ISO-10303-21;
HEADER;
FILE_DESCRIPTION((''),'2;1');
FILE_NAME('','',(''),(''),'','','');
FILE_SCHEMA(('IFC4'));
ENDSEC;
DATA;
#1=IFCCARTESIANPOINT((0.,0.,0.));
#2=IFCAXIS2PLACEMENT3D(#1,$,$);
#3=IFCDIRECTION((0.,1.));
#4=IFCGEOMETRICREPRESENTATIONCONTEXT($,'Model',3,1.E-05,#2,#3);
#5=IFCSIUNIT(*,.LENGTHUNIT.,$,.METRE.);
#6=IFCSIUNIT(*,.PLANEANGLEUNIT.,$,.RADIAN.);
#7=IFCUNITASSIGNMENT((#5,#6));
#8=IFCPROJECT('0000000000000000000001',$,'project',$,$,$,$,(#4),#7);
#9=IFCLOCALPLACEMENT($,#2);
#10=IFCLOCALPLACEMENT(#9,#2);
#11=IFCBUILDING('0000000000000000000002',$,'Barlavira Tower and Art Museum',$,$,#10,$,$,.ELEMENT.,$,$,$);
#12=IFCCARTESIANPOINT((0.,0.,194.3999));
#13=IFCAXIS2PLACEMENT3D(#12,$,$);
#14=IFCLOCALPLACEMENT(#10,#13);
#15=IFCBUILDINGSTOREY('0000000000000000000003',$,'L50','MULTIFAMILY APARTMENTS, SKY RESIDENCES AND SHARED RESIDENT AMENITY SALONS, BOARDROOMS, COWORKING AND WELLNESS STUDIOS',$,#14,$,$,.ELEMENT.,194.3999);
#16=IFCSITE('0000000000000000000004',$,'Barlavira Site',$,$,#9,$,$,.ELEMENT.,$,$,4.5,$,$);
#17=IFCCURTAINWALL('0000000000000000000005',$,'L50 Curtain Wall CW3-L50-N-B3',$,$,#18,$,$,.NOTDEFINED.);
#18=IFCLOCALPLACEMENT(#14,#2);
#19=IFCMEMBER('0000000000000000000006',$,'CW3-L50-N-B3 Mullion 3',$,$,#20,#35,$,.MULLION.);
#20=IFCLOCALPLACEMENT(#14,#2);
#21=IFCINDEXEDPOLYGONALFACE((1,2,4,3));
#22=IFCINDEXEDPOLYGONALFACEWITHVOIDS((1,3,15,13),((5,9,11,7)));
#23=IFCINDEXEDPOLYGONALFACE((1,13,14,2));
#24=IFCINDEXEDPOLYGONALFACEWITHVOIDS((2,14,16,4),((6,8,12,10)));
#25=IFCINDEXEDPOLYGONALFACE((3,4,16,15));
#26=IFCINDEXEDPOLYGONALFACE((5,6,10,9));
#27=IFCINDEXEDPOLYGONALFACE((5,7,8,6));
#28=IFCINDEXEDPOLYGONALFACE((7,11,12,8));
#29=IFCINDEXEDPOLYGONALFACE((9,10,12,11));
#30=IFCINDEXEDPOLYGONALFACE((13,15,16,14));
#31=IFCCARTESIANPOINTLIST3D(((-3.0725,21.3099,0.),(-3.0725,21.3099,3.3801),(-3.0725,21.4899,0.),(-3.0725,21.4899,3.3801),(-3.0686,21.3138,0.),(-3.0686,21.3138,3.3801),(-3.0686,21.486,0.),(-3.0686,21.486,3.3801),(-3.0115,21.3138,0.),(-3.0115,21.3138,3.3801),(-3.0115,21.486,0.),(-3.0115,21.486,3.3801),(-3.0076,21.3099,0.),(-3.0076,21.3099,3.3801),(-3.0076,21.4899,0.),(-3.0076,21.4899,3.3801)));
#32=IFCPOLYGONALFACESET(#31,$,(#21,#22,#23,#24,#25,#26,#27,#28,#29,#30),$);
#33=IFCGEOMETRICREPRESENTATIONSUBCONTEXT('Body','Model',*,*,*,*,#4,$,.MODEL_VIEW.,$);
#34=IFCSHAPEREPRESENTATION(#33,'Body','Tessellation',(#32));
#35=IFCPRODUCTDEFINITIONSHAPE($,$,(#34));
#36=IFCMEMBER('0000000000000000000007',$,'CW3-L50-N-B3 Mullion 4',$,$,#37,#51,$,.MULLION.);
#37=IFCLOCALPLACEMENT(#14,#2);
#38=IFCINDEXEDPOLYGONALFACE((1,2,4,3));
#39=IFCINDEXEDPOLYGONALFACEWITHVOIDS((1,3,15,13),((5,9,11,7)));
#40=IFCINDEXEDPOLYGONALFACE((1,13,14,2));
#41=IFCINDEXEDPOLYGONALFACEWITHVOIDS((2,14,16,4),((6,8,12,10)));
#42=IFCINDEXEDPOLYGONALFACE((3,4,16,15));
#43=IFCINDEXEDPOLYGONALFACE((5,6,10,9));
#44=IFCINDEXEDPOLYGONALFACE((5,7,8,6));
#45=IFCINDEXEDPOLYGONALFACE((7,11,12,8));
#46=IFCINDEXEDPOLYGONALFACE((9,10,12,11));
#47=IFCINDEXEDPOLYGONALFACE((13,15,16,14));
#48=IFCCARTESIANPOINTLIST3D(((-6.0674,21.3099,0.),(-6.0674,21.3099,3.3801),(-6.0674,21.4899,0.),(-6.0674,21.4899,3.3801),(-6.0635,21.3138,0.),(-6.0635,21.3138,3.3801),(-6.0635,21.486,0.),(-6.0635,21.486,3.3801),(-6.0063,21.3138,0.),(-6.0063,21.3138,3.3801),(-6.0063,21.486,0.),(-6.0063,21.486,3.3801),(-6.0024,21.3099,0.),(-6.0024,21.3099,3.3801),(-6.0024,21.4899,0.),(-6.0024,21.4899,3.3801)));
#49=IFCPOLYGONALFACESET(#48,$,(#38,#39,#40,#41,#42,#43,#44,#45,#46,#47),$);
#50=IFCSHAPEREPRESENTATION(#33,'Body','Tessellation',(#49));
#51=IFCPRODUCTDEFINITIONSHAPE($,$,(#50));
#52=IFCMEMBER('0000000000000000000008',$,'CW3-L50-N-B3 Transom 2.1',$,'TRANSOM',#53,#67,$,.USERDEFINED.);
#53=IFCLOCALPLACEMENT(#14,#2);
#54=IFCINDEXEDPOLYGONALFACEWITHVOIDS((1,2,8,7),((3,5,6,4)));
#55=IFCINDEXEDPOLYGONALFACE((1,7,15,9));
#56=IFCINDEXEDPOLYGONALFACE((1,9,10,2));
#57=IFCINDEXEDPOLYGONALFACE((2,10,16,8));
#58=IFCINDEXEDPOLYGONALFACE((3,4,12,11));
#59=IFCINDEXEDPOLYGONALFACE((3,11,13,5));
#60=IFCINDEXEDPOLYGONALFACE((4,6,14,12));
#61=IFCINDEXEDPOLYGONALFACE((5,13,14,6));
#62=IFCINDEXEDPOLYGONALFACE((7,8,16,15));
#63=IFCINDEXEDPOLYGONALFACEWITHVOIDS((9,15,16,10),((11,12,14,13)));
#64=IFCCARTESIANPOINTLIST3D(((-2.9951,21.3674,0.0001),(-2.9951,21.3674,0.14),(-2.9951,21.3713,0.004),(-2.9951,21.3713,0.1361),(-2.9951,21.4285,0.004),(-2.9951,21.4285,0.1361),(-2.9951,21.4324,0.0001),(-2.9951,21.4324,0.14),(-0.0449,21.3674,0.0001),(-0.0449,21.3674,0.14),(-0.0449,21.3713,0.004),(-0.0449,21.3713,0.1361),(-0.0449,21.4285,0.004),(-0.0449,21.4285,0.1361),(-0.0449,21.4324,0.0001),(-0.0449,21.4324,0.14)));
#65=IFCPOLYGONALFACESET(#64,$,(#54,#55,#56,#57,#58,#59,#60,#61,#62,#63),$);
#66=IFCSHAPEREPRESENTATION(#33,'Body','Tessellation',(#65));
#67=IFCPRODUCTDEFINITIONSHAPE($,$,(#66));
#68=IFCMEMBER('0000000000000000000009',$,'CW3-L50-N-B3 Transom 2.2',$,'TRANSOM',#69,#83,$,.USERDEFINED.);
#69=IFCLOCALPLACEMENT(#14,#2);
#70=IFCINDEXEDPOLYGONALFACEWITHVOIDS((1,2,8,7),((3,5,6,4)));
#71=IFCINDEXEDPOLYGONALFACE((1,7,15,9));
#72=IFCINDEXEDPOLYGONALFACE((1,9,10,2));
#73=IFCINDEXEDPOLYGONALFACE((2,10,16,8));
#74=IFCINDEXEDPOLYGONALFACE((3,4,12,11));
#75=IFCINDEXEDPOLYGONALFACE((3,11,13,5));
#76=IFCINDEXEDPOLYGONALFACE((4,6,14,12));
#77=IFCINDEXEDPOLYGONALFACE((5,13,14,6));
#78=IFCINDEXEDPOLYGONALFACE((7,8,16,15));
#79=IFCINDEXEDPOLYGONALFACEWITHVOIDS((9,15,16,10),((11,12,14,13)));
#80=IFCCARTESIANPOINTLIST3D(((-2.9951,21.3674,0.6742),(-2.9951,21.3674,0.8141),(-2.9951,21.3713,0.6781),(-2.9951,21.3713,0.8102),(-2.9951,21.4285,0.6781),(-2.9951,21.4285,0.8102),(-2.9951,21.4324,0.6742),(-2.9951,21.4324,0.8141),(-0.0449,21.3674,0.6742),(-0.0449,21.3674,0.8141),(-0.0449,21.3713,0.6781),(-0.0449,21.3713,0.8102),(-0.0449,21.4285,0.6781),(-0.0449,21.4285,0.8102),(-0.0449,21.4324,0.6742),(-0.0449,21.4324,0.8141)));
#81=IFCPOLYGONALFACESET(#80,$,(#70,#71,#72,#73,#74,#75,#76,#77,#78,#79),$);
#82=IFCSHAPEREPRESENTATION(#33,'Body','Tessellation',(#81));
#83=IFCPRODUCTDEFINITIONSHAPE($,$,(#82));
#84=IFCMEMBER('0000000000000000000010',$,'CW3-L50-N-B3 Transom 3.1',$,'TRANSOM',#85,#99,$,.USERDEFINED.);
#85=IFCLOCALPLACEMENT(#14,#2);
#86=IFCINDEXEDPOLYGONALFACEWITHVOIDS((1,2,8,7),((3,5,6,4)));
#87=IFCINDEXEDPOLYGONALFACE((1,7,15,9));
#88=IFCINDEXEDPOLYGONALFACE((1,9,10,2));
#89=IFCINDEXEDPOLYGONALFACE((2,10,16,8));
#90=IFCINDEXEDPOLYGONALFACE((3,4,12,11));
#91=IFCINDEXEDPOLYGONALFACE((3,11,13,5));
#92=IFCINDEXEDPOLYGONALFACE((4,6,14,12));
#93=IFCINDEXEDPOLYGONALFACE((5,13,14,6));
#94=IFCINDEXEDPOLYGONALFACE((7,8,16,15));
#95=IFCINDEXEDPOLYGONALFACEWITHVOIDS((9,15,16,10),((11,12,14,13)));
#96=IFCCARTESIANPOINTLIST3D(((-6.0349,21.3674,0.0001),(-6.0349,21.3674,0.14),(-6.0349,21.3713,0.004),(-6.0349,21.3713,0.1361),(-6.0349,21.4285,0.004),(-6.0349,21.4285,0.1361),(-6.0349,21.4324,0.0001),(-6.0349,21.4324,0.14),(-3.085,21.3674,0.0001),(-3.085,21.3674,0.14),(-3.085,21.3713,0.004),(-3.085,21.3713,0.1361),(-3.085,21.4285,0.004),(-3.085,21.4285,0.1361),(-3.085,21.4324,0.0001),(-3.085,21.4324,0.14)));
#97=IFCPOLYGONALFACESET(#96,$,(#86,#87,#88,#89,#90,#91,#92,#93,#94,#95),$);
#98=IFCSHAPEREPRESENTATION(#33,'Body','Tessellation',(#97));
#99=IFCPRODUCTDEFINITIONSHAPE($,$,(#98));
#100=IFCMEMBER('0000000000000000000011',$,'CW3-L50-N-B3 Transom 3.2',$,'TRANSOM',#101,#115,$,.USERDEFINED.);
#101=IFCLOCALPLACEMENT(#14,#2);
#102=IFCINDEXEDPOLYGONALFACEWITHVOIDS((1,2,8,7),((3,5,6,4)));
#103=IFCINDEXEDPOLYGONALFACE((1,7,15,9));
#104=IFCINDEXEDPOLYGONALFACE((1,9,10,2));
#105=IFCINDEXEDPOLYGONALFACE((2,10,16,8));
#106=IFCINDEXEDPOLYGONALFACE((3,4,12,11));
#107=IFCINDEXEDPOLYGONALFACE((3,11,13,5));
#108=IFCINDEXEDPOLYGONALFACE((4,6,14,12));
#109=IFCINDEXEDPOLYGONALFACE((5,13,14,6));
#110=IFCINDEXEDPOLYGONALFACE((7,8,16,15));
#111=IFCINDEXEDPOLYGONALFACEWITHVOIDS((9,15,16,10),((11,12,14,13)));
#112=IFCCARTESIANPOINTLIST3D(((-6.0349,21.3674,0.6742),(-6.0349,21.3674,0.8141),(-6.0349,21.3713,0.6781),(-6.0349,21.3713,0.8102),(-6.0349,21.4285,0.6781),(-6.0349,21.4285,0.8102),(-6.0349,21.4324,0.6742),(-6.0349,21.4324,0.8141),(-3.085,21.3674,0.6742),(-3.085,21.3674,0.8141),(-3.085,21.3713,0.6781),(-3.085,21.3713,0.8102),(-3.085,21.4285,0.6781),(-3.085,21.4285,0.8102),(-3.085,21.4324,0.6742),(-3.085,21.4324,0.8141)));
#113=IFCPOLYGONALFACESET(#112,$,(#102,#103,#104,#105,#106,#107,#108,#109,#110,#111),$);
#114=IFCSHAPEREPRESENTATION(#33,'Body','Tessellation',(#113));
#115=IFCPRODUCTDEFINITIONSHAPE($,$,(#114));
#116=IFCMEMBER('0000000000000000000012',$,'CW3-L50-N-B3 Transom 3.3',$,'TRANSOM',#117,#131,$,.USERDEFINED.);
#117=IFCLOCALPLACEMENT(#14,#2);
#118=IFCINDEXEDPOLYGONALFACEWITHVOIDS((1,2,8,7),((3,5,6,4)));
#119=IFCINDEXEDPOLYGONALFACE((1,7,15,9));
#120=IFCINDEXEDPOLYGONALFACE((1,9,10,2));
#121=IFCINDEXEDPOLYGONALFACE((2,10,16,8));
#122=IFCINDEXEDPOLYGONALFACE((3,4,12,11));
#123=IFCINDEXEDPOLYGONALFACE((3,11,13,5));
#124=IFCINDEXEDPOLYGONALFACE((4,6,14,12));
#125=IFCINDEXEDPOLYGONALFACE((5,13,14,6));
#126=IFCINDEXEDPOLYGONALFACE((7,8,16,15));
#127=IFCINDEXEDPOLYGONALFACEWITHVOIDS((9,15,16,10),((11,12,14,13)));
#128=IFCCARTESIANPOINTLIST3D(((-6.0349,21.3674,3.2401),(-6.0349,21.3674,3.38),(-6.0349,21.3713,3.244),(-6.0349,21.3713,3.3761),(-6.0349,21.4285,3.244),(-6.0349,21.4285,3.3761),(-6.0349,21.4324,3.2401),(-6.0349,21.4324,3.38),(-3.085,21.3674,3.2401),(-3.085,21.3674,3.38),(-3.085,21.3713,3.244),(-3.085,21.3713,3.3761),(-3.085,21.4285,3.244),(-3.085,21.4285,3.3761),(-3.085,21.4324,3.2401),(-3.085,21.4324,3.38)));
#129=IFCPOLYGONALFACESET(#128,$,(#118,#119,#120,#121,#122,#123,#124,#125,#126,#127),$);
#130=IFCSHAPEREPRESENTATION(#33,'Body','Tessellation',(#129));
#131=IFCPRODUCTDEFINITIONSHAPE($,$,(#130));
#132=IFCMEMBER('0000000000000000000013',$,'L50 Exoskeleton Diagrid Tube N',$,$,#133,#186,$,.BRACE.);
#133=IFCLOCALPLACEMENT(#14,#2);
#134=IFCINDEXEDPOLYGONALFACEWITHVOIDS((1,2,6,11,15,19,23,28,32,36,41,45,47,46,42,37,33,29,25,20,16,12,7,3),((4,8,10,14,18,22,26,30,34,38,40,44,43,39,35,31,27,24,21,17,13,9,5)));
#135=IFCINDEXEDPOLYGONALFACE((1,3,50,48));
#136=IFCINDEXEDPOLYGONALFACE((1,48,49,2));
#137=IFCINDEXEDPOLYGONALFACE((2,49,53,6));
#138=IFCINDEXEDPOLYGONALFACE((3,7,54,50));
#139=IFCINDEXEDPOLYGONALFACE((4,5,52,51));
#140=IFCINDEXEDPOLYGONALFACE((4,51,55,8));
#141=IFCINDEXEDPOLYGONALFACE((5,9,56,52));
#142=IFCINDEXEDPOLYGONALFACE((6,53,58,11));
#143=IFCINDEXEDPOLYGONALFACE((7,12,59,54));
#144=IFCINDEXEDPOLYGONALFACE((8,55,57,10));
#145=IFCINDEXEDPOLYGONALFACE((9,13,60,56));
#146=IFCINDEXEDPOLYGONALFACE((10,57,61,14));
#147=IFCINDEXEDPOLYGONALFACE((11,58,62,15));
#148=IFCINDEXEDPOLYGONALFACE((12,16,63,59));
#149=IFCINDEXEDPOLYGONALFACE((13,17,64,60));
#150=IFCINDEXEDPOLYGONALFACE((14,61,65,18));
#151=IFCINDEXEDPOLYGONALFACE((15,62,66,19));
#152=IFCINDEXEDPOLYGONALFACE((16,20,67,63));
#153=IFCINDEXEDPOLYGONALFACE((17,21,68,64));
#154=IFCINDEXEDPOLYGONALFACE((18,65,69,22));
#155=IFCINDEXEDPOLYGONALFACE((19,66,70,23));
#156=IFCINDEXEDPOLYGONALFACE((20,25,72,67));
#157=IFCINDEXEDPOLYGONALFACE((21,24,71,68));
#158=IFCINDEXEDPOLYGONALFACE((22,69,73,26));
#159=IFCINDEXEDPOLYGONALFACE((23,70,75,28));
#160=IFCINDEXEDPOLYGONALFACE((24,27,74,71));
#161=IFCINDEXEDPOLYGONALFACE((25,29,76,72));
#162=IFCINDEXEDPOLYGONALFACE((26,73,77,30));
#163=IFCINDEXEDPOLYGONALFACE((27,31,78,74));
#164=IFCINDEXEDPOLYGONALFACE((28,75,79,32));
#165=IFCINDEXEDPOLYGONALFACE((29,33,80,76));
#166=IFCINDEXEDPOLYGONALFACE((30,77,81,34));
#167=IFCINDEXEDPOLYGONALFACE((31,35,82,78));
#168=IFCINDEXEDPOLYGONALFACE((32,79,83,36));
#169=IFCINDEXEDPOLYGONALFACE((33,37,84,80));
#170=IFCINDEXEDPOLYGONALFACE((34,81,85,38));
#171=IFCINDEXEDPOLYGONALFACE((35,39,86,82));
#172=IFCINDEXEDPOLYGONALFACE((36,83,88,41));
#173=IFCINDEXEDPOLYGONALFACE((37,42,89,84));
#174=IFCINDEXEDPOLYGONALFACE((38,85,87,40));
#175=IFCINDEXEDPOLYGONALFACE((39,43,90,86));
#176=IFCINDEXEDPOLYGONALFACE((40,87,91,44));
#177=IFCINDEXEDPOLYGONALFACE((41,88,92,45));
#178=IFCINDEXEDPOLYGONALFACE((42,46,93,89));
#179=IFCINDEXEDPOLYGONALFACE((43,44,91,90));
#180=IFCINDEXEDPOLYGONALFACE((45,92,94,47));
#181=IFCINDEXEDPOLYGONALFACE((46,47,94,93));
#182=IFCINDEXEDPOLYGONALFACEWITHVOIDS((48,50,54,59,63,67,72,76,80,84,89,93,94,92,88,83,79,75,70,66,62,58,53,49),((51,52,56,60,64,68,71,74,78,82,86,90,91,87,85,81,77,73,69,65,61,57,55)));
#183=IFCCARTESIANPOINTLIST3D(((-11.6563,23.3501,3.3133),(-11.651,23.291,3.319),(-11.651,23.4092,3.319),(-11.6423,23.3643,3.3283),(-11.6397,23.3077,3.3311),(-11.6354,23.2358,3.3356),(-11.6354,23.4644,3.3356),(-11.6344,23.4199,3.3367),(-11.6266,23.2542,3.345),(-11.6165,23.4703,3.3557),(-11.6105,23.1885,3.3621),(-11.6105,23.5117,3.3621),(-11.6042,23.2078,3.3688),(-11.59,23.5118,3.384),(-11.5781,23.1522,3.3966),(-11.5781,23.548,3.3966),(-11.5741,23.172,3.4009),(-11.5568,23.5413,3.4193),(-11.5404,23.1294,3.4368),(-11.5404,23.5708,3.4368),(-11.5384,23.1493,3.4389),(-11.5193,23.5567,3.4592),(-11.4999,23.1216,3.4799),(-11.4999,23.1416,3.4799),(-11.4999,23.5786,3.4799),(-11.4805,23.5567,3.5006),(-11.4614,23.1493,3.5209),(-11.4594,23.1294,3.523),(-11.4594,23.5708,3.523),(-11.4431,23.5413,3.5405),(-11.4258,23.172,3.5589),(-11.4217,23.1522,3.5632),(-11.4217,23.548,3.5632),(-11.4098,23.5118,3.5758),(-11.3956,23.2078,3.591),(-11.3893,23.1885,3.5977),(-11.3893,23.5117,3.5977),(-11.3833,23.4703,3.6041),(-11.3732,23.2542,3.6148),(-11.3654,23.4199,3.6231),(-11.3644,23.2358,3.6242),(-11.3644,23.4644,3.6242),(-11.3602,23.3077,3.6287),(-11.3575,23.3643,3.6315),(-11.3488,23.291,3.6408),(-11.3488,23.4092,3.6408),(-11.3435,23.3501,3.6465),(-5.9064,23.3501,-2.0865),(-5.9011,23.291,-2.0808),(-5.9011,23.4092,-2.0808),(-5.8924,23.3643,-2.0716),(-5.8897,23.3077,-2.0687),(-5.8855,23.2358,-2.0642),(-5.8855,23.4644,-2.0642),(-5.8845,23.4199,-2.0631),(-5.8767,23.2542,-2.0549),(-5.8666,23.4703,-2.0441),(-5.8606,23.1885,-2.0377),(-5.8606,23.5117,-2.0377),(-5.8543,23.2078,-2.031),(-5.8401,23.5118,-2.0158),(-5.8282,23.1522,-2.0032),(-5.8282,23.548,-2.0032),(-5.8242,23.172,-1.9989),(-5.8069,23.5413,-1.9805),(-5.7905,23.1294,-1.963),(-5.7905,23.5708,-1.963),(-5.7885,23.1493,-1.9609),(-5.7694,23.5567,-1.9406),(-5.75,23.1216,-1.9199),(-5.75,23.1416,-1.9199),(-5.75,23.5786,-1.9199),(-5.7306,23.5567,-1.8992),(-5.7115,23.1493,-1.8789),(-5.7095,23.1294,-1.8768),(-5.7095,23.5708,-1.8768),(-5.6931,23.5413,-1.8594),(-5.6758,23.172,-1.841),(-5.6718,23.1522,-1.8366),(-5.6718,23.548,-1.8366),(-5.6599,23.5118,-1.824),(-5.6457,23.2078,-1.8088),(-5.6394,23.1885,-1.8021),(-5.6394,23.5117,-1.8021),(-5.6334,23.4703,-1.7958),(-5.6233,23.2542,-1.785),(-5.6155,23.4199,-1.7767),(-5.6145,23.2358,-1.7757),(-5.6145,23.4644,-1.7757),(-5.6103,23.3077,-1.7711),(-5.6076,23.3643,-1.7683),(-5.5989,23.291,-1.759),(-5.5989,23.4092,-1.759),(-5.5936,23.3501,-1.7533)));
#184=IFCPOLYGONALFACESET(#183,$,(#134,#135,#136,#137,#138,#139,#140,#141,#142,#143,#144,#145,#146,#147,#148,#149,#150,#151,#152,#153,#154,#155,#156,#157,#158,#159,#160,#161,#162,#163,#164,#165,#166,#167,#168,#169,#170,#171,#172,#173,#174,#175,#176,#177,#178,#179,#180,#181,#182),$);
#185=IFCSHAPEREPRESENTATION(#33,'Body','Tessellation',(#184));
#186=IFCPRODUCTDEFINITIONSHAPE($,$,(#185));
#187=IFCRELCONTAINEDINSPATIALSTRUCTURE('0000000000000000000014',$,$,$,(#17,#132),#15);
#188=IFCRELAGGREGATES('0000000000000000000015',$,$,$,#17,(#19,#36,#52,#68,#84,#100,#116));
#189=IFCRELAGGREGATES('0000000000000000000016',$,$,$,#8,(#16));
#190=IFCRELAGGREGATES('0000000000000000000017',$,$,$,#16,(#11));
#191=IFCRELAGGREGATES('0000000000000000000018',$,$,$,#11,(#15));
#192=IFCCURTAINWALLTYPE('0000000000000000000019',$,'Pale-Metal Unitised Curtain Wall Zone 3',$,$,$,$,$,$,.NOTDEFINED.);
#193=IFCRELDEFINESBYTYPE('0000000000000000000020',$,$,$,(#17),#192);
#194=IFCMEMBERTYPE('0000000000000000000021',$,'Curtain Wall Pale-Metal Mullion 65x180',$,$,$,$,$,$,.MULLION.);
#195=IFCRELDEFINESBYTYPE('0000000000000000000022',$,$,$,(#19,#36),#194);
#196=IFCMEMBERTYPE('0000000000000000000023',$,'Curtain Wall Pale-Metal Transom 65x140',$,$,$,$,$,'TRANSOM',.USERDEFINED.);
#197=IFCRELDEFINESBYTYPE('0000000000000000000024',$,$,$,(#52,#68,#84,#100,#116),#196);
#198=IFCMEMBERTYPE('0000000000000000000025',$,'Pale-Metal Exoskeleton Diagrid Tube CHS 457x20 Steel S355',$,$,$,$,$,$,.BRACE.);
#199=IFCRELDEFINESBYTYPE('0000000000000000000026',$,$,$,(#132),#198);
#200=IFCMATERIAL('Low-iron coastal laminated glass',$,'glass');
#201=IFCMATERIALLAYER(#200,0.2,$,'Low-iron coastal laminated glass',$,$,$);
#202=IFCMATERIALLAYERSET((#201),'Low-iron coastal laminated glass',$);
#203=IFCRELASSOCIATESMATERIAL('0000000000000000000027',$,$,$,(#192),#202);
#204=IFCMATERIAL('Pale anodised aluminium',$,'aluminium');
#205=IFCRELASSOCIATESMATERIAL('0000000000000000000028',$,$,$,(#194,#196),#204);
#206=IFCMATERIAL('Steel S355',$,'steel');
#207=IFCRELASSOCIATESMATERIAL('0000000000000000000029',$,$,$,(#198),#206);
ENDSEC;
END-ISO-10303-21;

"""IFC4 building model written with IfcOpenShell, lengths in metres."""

from ifc_helpers import new_model, si_unit, direction, frame, origin, origin_2d, place, context, subcontext, project, spatial, hollow_rectangle, hollow_circle, extrude, material, layer, layer_set, material_profile, profile_set, type_object, element, aggregate, save


model = new_model("IFC4")

# Units and contexts
model_context = context("Model", 3, precision=1e-05, world=origin(), true_north=direction((0.0, 1.0)))
body_context = subcontext(model_context, "Body", "Model", "MODEL_VIEW")
ifc_project = project(units=[si_unit("LENGTHUNIT", "METRE"), si_unit("PLANEANGLEUNIT", "RADIAN")], contexts=[model_context])

# Site, building, storey
site_placement = place(None, origin())
site = spatial("IfcSite", under=ifc_project, at=site_placement, Name="Barlavira Site", CompositionType="ELEMENT", RefElevation=4.5)
building_placement = place(site_placement, origin())
building = spatial("IfcBuilding", under=site, at=building_placement, Name="Barlavira Tower and Art Museum", CompositionType="ELEMENT")
storey_placement = place(building_placement, frame((0.0, 0.0, 194.3999)))
storey = spatial("IfcBuildingStorey", under=building, at=storey_placement, Name="L50", Description="MULTIFAMILY APARTMENTS, SKY RESIDENCES AND SHARED RESIDENT AMENITY SALONS, BOARDROOMS, COWORKING AND WELLNESS STUDIOS", CompositionType="ELEMENT", Elevation=194.3999)

# Curtain wall, members
ifc_material_1 = material(Name="Low-iron coastal laminated glass", Category="glass")
ifc_layer_1 = layer(ifc_material_1, 0.2, Name="Low-iron coastal laminated glass")
ifc_layer_set_1 = layer_set([ifc_layer_1], Name="Low-iron coastal laminated glass")
curtain_wall_type = type_object("IfcCurtainWallType", Name="Pale-Metal Unitised Curtain Wall Zone 3", PredefinedType="NOTDEFINED", material=ifc_layer_set_1)
curtain_wall_placement = place(storey_placement, origin())
curtain_wall = element("IfcCurtainWall", 1, at=curtain_wall_placement, inside=storey, type_object=curtain_wall_type, Name="L50 Curtain Wall CW3-L50-N-B3", PredefinedType="NOTDEFINED")
ifc_material_2 = material(Name="Pale anodised aluminium", Category="aluminium")
ifc_material_profile_1 = material_profile(ifc_material_2, hollow_rectangle(XDim=0.0649, YDim=0.1799, WallThickness=0.0039, at=origin_2d()), Name="ALU-MULL 65x180x4")
ifc_profile_set_1 = profile_set([ifc_material_profile_1], Name="Pale anodised aluminium")
member_type_1 = type_object("IfcMemberType", Name="Curtain Wall Pale-Metal Mullion 65x180", PredefinedType="MULLION", material=ifc_profile_set_1)
member_1_placement = place(storey_placement, frame((-3.04, 21.3999, 0.0), z_axis=(0.0, 0.0, 1.0), x_axis=(-1.0, 0.0, 0.0)))
member_1 = element("IfcMember", 2, at=member_1_placement, type_object=member_type_1, Name="CW3-L50-N-B3 Mullion 3", PredefinedType="MULLION", context=body_context, shape_type="SweptSolid", body=[
    extrude(hollow_rectangle(XDim=0.0649, YDim=0.1799, WallThickness=0.0039, at=origin_2d()), origin(), (0.0, 0.0, 1.0), 3.3801),
])
member_2_placement = place(storey_placement, frame((-6.0349, 21.3999, 0.0), z_axis=(0.0, 0.0, 1.0), x_axis=(-1.0, 0.0, 0.0)))
member_2 = element("IfcMember", 3, at=member_2_placement, type_object=member_type_1, Name="CW3-L50-N-B3 Mullion 4", PredefinedType="MULLION", context=body_context, shape_type="SweptSolid", body=[
    extrude(hollow_rectangle(XDim=0.0649, YDim=0.1799, WallThickness=0.0039, at=origin_2d()), origin(), (0.0, 0.0, 1.0), 3.3801),
])
ifc_material_profile_2 = material_profile(ifc_material_2, hollow_rectangle(XDim=0.0649, YDim=0.1399, WallThickness=0.0039, at=origin_2d()), Name="ALU-TRAN 65x140x4")
ifc_profile_set_2 = profile_set([ifc_material_profile_2], Name="Pale anodised aluminium")
member_type_2 = type_object("IfcMemberType", Name="Curtain Wall Pale-Metal Transom 65x140", ElementType="TRANSOM", PredefinedType="USERDEFINED", material=ifc_profile_set_2)
member_3_placement = place(storey_placement, frame((-0.0449, 21.3999, 0.0701), z_axis=(-1.0, 0.0, 0.0), x_axis=(0.0, -1.0, 0.0)))
member_3 = element("IfcMember", 4, at=member_3_placement, type_object=member_type_2, Name="CW3-L50-N-B3 Transom 2.1", ObjectType="TRANSOM", PredefinedType="USERDEFINED", context=body_context, shape_type="SweptSolid", body=[
    extrude(hollow_rectangle(XDim=0.0649, YDim=0.1399, WallThickness=0.0039, at=origin_2d()), origin(), (0.0, 0.0, 1.0), 2.9502),
])
member_4_placement = place(storey_placement, frame((-0.0449, 21.3999, 0.7441), z_axis=(-1.0, 0.0, 0.0), x_axis=(0.0, -1.0, 0.0)))
member_4 = element("IfcMember", 5, at=member_4_placement, type_object=member_type_2, Name="CW3-L50-N-B3 Transom 2.2", ObjectType="TRANSOM", PredefinedType="USERDEFINED", context=body_context, shape_type="SweptSolid", body=[
    extrude(hollow_rectangle(XDim=0.0649, YDim=0.1399, WallThickness=0.0039, at=origin_2d()), origin(), (0.0, 0.0, 1.0), 2.9502),
])
member_5_placement = place(storey_placement, frame((-3.085, 21.3999, 0.0701), z_axis=(-1.0, 0.0, 0.0), x_axis=(0.0, -1.0, 0.0)))
member_5 = element("IfcMember", 6, at=member_5_placement, type_object=member_type_2, Name="CW3-L50-N-B3 Transom 3.1", ObjectType="TRANSOM", PredefinedType="USERDEFINED", context=body_context, shape_type="SweptSolid", body=[
    extrude(hollow_rectangle(XDim=0.0649, YDim=0.1399, WallThickness=0.0039, at=origin_2d()), origin(), (0.0, 0.0, 1.0), 2.95),
])
member_6_placement = place(storey_placement, frame((-3.085, 21.3999, 0.7441), z_axis=(-1.0, 0.0, 0.0), x_axis=(0.0, -1.0, 0.0)))
member_6 = element("IfcMember", 7, at=member_6_placement, type_object=member_type_2, Name="CW3-L50-N-B3 Transom 3.2", ObjectType="TRANSOM", PredefinedType="USERDEFINED", context=body_context, shape_type="SweptSolid", body=[
    extrude(hollow_rectangle(XDim=0.0649, YDim=0.1399, WallThickness=0.0039, at=origin_2d()), origin(), (0.0, 0.0, 1.0), 2.95),
])
member_7_placement = place(storey_placement, frame((-3.085, 21.3999, 3.3101), z_axis=(-1.0, 0.0, 0.0), x_axis=(0.0, -1.0, 0.0)))
member_7 = element("IfcMember", 8, at=member_7_placement, type_object=member_type_2, Name="CW3-L50-N-B3 Transom 3.3", ObjectType="TRANSOM", PredefinedType="USERDEFINED", context=body_context, shape_type="SweptSolid", body=[
    extrude(hollow_rectangle(XDim=0.0649, YDim=0.1399, WallThickness=0.0039, at=origin_2d()), origin(), (0.0, 0.0, 1.0), 2.95),
])

# Member
ifc_material_3 = material(Name="Steel S355", Category="steel")
ifc_material_profile_3 = material_profile(ifc_material_3, hollow_circle(Radius=0.2285, WallThickness=0.02, at=origin_2d()), Name="CHS 457.0x20.0")
ifc_profile_set_3 = profile_set([ifc_material_profile_3], Name="Steel S355")
member_type_3 = type_object("IfcMemberType", Name="Pale-Metal Exoskeleton Diagrid Tube CHS 457x20 Steel S355", PredefinedType="BRACE", material=ifc_profile_set_3)
for number, where, z_axis, x_axis, name in (
    (9, (-5.75, 23.3501, -1.9199), (-0.72895, 0.0, 0.684567), (0.0, -1.0, 0.0), "L50 Exoskeleton Diagrid Tube N"),
):
    element("IfcMember", number, at=place(storey_placement, frame(where, z_axis=z_axis, x_axis=x_axis)), inside=storey, type_object=member_type_3, Name=name, PredefinedType="BRACE", context=body_context, shape_type="SweptSolid", body=[
        extrude(hollow_circle(Radius=0.2285, WallThickness=0.02, at=origin_2d()), origin(), (0.0, 0.0, 1.0), 7.8879),
    ])

aggregate(curtain_wall, [member_1, member_2, member_3, member_4, member_5, member_6, member_7])

save(model, "model.ifc")
